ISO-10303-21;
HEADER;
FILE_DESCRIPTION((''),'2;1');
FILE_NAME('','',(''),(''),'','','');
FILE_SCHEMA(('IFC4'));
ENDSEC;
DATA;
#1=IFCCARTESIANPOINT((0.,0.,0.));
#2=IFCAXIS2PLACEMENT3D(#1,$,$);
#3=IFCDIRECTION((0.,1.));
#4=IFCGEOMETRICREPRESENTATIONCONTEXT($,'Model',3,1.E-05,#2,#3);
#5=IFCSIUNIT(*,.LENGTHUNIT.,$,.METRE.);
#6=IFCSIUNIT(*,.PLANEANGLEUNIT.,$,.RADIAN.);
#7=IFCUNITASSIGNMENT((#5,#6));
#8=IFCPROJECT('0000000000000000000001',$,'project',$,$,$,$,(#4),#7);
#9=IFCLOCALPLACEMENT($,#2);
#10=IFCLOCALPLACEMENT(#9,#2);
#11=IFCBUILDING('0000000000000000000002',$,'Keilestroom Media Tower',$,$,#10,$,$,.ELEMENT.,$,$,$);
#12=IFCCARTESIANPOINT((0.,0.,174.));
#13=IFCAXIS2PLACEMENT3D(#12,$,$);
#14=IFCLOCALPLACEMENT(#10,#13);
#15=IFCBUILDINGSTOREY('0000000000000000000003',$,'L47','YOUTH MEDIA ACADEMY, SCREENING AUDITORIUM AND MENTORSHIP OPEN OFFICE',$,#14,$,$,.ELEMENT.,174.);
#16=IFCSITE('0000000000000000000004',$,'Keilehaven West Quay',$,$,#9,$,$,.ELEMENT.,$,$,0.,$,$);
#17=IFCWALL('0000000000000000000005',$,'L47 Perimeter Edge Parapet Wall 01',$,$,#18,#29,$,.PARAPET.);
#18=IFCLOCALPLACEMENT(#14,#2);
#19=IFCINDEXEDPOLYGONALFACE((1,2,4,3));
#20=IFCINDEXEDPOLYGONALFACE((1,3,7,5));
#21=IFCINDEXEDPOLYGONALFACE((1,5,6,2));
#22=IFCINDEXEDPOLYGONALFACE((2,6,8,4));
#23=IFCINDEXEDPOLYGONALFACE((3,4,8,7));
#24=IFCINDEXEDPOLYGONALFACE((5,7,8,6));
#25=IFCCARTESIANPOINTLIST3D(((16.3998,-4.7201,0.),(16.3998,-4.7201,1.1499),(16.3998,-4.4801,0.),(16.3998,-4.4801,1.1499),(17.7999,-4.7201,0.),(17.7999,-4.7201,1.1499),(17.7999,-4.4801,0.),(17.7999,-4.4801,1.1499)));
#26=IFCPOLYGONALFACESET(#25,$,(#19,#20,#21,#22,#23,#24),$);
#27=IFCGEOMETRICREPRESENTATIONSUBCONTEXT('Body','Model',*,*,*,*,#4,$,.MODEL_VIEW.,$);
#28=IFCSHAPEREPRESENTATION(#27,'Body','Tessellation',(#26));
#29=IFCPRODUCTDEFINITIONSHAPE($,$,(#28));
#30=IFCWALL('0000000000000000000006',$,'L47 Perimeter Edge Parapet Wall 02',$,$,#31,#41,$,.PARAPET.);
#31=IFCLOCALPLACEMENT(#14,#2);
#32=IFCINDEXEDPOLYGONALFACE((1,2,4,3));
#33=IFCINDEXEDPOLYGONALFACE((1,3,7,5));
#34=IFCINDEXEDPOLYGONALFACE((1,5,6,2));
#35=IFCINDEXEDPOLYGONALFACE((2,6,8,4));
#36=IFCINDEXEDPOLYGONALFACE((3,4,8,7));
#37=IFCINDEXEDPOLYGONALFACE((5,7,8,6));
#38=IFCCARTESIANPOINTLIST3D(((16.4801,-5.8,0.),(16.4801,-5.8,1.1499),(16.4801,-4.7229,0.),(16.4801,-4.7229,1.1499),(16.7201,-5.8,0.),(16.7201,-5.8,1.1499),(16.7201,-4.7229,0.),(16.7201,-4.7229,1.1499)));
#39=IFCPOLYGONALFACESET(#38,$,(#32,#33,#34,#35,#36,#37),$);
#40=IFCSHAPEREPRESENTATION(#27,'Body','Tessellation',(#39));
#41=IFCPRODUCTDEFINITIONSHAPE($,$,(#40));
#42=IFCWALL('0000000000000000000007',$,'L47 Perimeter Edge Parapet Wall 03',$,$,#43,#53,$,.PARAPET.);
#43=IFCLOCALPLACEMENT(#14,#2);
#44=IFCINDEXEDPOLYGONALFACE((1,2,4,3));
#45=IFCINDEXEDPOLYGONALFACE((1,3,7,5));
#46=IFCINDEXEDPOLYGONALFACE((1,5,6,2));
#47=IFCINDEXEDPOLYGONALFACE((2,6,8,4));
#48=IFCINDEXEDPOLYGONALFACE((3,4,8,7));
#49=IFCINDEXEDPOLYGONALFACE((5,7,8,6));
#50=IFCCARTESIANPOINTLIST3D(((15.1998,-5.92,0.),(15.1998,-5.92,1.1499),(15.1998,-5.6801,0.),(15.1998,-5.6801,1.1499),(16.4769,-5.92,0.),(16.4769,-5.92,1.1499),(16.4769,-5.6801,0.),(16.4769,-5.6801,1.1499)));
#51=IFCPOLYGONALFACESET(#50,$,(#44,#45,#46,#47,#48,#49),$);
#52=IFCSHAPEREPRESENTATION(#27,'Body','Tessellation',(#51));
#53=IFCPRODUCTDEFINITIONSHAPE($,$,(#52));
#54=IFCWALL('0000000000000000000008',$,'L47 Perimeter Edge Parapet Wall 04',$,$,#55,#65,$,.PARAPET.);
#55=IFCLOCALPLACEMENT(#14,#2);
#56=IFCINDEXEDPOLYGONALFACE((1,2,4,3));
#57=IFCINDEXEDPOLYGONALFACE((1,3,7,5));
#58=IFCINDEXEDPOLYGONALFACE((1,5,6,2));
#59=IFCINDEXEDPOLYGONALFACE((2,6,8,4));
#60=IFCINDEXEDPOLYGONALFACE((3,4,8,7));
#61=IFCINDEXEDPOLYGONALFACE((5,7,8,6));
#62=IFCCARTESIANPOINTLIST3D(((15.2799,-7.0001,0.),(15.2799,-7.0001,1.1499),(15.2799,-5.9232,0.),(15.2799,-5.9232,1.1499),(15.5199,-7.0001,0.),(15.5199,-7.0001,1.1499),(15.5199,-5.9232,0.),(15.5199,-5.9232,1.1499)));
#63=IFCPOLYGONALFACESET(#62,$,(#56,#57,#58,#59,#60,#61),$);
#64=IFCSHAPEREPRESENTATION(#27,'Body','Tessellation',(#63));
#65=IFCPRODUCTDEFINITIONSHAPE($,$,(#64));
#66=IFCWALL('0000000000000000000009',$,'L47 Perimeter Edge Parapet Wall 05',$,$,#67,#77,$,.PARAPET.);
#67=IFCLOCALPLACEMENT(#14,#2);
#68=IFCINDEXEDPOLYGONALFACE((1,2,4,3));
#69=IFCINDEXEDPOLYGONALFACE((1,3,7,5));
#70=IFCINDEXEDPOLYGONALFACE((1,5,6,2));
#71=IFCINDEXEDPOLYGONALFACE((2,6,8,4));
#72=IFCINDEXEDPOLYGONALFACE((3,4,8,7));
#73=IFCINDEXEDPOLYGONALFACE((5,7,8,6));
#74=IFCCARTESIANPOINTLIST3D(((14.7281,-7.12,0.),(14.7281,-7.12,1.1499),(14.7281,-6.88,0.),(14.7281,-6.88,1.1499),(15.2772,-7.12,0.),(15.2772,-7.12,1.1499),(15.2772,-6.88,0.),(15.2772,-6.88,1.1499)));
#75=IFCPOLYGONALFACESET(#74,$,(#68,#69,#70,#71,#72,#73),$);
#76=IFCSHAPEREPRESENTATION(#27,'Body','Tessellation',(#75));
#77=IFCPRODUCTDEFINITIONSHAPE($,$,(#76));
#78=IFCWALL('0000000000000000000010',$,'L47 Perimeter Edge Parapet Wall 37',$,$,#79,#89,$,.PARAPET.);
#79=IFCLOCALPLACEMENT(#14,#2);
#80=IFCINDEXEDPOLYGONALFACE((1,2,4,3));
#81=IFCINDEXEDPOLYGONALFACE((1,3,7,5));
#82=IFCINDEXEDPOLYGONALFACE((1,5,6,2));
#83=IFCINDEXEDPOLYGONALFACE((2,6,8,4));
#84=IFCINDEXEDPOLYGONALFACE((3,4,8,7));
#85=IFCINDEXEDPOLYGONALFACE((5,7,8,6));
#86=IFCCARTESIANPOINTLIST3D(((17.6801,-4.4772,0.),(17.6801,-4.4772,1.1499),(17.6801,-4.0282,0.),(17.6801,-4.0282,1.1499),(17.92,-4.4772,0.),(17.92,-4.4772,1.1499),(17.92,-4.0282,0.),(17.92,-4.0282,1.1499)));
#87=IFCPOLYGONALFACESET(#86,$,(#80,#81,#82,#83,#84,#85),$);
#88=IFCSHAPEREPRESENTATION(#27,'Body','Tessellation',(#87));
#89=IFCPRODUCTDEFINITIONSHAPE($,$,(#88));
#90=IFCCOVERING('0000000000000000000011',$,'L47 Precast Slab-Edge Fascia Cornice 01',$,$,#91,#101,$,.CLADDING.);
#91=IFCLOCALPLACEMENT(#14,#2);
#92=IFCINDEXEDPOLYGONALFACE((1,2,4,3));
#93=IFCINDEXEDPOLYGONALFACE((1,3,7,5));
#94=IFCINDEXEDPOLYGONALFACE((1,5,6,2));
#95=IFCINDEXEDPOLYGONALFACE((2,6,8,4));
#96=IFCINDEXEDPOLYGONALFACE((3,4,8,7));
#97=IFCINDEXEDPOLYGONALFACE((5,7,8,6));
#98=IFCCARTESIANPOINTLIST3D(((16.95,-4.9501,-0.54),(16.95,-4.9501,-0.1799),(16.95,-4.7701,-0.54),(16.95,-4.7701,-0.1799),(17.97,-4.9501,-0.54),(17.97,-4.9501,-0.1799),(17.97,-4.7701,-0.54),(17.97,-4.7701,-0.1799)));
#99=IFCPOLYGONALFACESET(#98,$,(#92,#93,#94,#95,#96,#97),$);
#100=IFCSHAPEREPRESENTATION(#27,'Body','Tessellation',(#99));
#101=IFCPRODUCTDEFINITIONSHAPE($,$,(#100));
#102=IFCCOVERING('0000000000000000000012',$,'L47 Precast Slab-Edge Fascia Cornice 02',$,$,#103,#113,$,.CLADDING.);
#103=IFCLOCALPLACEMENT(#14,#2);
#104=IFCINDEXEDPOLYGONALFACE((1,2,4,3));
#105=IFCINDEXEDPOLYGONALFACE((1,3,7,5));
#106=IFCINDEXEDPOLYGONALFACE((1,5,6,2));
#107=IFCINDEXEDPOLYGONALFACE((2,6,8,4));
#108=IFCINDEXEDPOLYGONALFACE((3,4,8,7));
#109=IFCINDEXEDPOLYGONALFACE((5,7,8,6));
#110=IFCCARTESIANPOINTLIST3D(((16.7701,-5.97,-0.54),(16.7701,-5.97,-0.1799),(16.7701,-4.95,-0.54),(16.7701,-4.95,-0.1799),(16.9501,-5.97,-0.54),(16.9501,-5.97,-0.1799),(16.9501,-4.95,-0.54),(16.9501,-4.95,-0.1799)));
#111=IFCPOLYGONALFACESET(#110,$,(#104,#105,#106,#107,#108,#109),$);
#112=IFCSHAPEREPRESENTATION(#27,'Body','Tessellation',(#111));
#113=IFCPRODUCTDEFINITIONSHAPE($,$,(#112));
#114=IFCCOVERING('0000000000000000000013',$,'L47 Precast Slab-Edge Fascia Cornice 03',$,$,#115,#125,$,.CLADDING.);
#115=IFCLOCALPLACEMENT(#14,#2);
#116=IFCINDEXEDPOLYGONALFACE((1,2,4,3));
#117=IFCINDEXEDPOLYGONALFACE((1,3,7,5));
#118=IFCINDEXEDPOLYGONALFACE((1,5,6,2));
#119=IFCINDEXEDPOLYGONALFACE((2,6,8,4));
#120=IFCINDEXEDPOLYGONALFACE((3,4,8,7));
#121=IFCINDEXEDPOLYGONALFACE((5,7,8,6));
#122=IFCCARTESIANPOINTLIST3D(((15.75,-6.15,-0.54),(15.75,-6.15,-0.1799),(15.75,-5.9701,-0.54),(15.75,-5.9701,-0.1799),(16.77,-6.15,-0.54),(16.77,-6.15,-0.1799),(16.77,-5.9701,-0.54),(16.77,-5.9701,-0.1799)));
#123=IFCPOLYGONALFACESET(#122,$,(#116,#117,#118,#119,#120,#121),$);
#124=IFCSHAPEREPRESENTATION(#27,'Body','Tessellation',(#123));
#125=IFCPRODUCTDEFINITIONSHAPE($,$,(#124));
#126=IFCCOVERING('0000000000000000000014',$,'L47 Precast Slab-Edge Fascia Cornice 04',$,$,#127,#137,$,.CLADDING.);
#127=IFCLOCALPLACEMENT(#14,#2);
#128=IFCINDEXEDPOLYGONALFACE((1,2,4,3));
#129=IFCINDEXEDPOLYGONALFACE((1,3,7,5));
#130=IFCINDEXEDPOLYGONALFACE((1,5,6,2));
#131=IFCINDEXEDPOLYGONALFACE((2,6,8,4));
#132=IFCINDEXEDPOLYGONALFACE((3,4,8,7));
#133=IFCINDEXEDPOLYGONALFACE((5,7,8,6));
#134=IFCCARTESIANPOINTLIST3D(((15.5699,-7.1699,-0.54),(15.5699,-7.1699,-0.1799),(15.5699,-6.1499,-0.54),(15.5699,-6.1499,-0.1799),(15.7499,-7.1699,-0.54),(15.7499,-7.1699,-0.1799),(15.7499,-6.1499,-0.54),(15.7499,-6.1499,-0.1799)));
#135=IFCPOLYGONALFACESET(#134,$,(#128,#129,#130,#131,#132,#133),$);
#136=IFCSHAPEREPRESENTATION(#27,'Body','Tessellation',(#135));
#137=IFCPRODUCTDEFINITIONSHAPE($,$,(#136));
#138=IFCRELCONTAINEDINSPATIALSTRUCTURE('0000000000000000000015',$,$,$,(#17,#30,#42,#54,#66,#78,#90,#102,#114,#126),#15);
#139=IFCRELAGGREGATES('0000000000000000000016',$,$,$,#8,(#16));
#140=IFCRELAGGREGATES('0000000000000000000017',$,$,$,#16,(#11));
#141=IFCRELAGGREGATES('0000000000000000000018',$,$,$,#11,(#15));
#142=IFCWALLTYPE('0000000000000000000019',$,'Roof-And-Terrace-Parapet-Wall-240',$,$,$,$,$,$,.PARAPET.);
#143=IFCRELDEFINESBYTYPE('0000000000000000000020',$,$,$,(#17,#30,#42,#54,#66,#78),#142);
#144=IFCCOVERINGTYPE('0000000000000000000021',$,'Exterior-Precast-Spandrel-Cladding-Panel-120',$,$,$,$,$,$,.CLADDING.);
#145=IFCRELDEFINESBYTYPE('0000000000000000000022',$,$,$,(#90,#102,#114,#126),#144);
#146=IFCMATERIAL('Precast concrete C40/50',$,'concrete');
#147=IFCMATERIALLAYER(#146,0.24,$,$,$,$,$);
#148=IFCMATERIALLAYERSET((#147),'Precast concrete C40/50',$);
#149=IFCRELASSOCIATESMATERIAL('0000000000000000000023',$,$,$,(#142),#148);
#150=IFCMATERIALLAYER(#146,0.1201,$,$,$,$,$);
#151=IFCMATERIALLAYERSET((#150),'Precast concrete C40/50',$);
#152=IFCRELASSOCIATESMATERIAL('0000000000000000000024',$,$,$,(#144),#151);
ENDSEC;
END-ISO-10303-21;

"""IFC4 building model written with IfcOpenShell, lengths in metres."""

from ifc_helpers import new_model, si_unit, direction, frame, frame_2d, origin, origin_2d, place, context, subcontext, project, spatial, rectangle, extrude, source, transform, mapped, material, layer, layer_set, type_object, element, save


model = new_model("IFC4")

# Units and contexts
model_context = context("Model", 3, precision=1e-05, world=origin(), true_north=direction((0.0, 1.0)))
body_context = subcontext(model_context, "Body", "Model", "MODEL_VIEW")
ifc_project = project(units=[si_unit("LENGTHUNIT", "METRE"), si_unit("PLANEANGLEUNIT", "RADIAN")], contexts=[model_context])

# Site, building, storey
site_placement = place(None, origin())
site = spatial("IfcSite", under=ifc_project, at=site_placement, Name="Keilehaven West Quay", CompositionType="ELEMENT", RefElevation=0.0)
building_placement = place(site_placement, origin())
building = spatial("IfcBuilding", under=site, at=building_placement, Name="Keilestroom Media Tower", CompositionType="ELEMENT")
storey_placement = place(building_placement, frame((0.0, 0.0, 174.0)))
storey = spatial("IfcBuildingStorey", under=building, at=storey_placement, Name="L47", Description="YOUTH MEDIA ACADEMY, SCREENING AUDITORIUM AND MENTORSHIP OPEN OFFICE", CompositionType="ELEMENT", Elevation=174.0)

# Shared definitions
ifc_material_1 = material(Name="Precast concrete C40/50", Category="concrete")

# Walls
ifc_layer_1 = layer(ifc_material_1, 0.24)
ifc_layer_set_1 = layer_set([ifc_layer_1], Name="Precast concrete C40/50")
wall_type = type_object("IfcWallType", Name="Roof-And-Terrace-Parapet-Wall-240", PredefinedType="PARAPET", material=ifc_layer_set_1)
wall_1_placement = place(storey_placement, frame((17.8, -4.6001, 0.0), z_axis=(0.0, 0.0, 1.0), x_axis=(-1.0, 0.0, 0.0)))
element("IfcWall", 1, at=wall_1_placement, inside=storey, type_object=wall_type, Name="L47 Perimeter Edge Parapet Wall 01", PredefinedType="PARAPET", context=body_context, shape_type="SweptSolid", body=[
    extrude(rectangle(XDim=1.4001, YDim=0.24, at=frame_2d((0.7002, 0.0))), origin(), (0.0, 0.0, 1.0), 1.1499),
])
wall_2_placement = place(storey_placement, frame((16.6001, -4.7229, 0.0), z_axis=(0.0, 0.0, 1.0), x_axis=(0.0, -1.0, 0.0)))
element("IfcWall", 2, at=wall_2_placement, inside=storey, type_object=wall_type, Name="L47 Perimeter Edge Parapet Wall 02", PredefinedType="PARAPET", context=body_context, shape_type="SweptSolid", body=[
    extrude(rectangle(XDim=1.0771, YDim=0.24, at=frame_2d((0.5386, 0.0))), origin(), (0.0, 0.0, 1.0), 1.1499),
])
wall_3_placement = place(storey_placement, frame((16.4771, -5.8, 0.0), z_axis=(0.0, 0.0, 1.0), x_axis=(-1.0, 0.0, 0.0)))
element("IfcWall", 3, at=wall_3_placement, inside=storey, type_object=wall_type, Name="L47 Perimeter Edge Parapet Wall 03", PredefinedType="PARAPET", context=body_context, shape_type="SweptSolid", body=[
    extrude(rectangle(XDim=1.2771, YDim=0.24, at=frame_2d((0.6387, 0.0))), origin(), (0.0, 0.0, 1.0), 1.1499),
])
wall_4_placement = place(storey_placement, frame((15.3999, -5.9231, 0.0), z_axis=(0.0, 0.0, 1.0), x_axis=(0.0, -1.0, 0.0)))
element("IfcWall", 4, at=wall_4_placement, inside=storey, type_object=wall_type, Name="L47 Perimeter Edge Parapet Wall 04", PredefinedType="PARAPET", context=body_context, shape_type="SweptSolid", body=[
    extrude(rectangle(XDim=1.0769, YDim=0.24, at=frame_2d((0.5386, 0.0))), origin(), (0.0, 0.0, 1.0), 1.1499),
])
wall_5_placement = place(storey_placement, frame((15.2771, -7.0, 0.0), z_axis=(0.0, 0.0, 1.0), x_axis=(-1.0, 0.0, 0.0)))
element("IfcWall", 5, at=wall_5_placement, inside=storey, type_object=wall_type, Name="L47 Perimeter Edge Parapet Wall 05", PredefinedType="PARAPET", context=body_context, shape_type="SweptSolid", body=[
    extrude(rectangle(XDim=0.5491, YDim=0.24, at=frame_2d((0.2744, 0.0))), origin(), (0.0, 0.0, 1.0), 1.1499),
])
wall_6_placement = place(storey_placement, frame((17.8, -4.0281, 0.0), z_axis=(0.0, 0.0, 1.0), x_axis=(0.0, -1.0, 0.0)))
element("IfcWall", 6, at=wall_6_placement, inside=storey, type_object=wall_type, Name="L47 Perimeter Edge Parapet Wall 37", PredefinedType="PARAPET", context=body_context, shape_type="SweptSolid", body=[
    extrude(rectangle(XDim=0.449, YDim=0.24, at=frame_2d((0.2246, 0.0))), origin(), (0.0, 0.0, 1.0), 1.1499),
])

# Coverings
ifc_layer_2 = layer(ifc_material_1, 0.1201)
ifc_layer_set_2 = layer_set([ifc_layer_2], Name="Precast concrete C40/50")
covering_type = type_object("IfcCoveringType", Name="Exterior-Precast-Spandrel-Cladding-Panel-120", PredefinedType="CLADDING", material=ifc_layer_set_2)
shared_shape_1 = source(origin(), body_context, "Body", "SweptSolid", [
    extrude(rectangle(XDim=1.02, YDim=0.1799, at=origin_2d()), origin(), (0.0, 0.0, 1.0), 0.3601),
])
for number, where, z_axis, x_axis, name in (
    (7, (17.46, -4.8601, -0.54), (0.0, 0.0, 1.0), (-1.0, 0.0, 0.0), "L47 Precast Slab-Edge Fascia Cornice 01"),
    (8, (16.8601, -5.46, -0.54), (0.0, 0.0, 1.0), (0.0, -1.0, 0.0), "L47 Precast Slab-Edge Fascia Cornice 02"),
    (9, (16.26, -6.0601, -0.54), (0.0, 0.0, 1.0), (-1.0, 0.0, 0.0), "L47 Precast Slab-Edge Fascia Cornice 03"),
    (10, (15.6599, -6.6599, -0.54), (0.0, 0.0, 1.0), (0.0, -1.0, 0.0), "L47 Precast Slab-Edge Fascia Cornice 04"),
):
    element("IfcCovering", number, at=place(storey_placement, frame(where, z_axis=z_axis, x_axis=x_axis)), inside=storey, type_object=covering_type, Name=name, PredefinedType="CLADDING", context=body_context, shape_type="MappedRepresentation", body=[
        mapped(shared_shape_1, transform((0.0, 0.0, 0.0), x_axis=(1.0, 0.0, 0.0), y_axis=(0.0, 1.0, 0.0), z_axis=(0.0, 0.0, 1.0), scale=1.0)),
    ])

save(model, "model.ifc")
